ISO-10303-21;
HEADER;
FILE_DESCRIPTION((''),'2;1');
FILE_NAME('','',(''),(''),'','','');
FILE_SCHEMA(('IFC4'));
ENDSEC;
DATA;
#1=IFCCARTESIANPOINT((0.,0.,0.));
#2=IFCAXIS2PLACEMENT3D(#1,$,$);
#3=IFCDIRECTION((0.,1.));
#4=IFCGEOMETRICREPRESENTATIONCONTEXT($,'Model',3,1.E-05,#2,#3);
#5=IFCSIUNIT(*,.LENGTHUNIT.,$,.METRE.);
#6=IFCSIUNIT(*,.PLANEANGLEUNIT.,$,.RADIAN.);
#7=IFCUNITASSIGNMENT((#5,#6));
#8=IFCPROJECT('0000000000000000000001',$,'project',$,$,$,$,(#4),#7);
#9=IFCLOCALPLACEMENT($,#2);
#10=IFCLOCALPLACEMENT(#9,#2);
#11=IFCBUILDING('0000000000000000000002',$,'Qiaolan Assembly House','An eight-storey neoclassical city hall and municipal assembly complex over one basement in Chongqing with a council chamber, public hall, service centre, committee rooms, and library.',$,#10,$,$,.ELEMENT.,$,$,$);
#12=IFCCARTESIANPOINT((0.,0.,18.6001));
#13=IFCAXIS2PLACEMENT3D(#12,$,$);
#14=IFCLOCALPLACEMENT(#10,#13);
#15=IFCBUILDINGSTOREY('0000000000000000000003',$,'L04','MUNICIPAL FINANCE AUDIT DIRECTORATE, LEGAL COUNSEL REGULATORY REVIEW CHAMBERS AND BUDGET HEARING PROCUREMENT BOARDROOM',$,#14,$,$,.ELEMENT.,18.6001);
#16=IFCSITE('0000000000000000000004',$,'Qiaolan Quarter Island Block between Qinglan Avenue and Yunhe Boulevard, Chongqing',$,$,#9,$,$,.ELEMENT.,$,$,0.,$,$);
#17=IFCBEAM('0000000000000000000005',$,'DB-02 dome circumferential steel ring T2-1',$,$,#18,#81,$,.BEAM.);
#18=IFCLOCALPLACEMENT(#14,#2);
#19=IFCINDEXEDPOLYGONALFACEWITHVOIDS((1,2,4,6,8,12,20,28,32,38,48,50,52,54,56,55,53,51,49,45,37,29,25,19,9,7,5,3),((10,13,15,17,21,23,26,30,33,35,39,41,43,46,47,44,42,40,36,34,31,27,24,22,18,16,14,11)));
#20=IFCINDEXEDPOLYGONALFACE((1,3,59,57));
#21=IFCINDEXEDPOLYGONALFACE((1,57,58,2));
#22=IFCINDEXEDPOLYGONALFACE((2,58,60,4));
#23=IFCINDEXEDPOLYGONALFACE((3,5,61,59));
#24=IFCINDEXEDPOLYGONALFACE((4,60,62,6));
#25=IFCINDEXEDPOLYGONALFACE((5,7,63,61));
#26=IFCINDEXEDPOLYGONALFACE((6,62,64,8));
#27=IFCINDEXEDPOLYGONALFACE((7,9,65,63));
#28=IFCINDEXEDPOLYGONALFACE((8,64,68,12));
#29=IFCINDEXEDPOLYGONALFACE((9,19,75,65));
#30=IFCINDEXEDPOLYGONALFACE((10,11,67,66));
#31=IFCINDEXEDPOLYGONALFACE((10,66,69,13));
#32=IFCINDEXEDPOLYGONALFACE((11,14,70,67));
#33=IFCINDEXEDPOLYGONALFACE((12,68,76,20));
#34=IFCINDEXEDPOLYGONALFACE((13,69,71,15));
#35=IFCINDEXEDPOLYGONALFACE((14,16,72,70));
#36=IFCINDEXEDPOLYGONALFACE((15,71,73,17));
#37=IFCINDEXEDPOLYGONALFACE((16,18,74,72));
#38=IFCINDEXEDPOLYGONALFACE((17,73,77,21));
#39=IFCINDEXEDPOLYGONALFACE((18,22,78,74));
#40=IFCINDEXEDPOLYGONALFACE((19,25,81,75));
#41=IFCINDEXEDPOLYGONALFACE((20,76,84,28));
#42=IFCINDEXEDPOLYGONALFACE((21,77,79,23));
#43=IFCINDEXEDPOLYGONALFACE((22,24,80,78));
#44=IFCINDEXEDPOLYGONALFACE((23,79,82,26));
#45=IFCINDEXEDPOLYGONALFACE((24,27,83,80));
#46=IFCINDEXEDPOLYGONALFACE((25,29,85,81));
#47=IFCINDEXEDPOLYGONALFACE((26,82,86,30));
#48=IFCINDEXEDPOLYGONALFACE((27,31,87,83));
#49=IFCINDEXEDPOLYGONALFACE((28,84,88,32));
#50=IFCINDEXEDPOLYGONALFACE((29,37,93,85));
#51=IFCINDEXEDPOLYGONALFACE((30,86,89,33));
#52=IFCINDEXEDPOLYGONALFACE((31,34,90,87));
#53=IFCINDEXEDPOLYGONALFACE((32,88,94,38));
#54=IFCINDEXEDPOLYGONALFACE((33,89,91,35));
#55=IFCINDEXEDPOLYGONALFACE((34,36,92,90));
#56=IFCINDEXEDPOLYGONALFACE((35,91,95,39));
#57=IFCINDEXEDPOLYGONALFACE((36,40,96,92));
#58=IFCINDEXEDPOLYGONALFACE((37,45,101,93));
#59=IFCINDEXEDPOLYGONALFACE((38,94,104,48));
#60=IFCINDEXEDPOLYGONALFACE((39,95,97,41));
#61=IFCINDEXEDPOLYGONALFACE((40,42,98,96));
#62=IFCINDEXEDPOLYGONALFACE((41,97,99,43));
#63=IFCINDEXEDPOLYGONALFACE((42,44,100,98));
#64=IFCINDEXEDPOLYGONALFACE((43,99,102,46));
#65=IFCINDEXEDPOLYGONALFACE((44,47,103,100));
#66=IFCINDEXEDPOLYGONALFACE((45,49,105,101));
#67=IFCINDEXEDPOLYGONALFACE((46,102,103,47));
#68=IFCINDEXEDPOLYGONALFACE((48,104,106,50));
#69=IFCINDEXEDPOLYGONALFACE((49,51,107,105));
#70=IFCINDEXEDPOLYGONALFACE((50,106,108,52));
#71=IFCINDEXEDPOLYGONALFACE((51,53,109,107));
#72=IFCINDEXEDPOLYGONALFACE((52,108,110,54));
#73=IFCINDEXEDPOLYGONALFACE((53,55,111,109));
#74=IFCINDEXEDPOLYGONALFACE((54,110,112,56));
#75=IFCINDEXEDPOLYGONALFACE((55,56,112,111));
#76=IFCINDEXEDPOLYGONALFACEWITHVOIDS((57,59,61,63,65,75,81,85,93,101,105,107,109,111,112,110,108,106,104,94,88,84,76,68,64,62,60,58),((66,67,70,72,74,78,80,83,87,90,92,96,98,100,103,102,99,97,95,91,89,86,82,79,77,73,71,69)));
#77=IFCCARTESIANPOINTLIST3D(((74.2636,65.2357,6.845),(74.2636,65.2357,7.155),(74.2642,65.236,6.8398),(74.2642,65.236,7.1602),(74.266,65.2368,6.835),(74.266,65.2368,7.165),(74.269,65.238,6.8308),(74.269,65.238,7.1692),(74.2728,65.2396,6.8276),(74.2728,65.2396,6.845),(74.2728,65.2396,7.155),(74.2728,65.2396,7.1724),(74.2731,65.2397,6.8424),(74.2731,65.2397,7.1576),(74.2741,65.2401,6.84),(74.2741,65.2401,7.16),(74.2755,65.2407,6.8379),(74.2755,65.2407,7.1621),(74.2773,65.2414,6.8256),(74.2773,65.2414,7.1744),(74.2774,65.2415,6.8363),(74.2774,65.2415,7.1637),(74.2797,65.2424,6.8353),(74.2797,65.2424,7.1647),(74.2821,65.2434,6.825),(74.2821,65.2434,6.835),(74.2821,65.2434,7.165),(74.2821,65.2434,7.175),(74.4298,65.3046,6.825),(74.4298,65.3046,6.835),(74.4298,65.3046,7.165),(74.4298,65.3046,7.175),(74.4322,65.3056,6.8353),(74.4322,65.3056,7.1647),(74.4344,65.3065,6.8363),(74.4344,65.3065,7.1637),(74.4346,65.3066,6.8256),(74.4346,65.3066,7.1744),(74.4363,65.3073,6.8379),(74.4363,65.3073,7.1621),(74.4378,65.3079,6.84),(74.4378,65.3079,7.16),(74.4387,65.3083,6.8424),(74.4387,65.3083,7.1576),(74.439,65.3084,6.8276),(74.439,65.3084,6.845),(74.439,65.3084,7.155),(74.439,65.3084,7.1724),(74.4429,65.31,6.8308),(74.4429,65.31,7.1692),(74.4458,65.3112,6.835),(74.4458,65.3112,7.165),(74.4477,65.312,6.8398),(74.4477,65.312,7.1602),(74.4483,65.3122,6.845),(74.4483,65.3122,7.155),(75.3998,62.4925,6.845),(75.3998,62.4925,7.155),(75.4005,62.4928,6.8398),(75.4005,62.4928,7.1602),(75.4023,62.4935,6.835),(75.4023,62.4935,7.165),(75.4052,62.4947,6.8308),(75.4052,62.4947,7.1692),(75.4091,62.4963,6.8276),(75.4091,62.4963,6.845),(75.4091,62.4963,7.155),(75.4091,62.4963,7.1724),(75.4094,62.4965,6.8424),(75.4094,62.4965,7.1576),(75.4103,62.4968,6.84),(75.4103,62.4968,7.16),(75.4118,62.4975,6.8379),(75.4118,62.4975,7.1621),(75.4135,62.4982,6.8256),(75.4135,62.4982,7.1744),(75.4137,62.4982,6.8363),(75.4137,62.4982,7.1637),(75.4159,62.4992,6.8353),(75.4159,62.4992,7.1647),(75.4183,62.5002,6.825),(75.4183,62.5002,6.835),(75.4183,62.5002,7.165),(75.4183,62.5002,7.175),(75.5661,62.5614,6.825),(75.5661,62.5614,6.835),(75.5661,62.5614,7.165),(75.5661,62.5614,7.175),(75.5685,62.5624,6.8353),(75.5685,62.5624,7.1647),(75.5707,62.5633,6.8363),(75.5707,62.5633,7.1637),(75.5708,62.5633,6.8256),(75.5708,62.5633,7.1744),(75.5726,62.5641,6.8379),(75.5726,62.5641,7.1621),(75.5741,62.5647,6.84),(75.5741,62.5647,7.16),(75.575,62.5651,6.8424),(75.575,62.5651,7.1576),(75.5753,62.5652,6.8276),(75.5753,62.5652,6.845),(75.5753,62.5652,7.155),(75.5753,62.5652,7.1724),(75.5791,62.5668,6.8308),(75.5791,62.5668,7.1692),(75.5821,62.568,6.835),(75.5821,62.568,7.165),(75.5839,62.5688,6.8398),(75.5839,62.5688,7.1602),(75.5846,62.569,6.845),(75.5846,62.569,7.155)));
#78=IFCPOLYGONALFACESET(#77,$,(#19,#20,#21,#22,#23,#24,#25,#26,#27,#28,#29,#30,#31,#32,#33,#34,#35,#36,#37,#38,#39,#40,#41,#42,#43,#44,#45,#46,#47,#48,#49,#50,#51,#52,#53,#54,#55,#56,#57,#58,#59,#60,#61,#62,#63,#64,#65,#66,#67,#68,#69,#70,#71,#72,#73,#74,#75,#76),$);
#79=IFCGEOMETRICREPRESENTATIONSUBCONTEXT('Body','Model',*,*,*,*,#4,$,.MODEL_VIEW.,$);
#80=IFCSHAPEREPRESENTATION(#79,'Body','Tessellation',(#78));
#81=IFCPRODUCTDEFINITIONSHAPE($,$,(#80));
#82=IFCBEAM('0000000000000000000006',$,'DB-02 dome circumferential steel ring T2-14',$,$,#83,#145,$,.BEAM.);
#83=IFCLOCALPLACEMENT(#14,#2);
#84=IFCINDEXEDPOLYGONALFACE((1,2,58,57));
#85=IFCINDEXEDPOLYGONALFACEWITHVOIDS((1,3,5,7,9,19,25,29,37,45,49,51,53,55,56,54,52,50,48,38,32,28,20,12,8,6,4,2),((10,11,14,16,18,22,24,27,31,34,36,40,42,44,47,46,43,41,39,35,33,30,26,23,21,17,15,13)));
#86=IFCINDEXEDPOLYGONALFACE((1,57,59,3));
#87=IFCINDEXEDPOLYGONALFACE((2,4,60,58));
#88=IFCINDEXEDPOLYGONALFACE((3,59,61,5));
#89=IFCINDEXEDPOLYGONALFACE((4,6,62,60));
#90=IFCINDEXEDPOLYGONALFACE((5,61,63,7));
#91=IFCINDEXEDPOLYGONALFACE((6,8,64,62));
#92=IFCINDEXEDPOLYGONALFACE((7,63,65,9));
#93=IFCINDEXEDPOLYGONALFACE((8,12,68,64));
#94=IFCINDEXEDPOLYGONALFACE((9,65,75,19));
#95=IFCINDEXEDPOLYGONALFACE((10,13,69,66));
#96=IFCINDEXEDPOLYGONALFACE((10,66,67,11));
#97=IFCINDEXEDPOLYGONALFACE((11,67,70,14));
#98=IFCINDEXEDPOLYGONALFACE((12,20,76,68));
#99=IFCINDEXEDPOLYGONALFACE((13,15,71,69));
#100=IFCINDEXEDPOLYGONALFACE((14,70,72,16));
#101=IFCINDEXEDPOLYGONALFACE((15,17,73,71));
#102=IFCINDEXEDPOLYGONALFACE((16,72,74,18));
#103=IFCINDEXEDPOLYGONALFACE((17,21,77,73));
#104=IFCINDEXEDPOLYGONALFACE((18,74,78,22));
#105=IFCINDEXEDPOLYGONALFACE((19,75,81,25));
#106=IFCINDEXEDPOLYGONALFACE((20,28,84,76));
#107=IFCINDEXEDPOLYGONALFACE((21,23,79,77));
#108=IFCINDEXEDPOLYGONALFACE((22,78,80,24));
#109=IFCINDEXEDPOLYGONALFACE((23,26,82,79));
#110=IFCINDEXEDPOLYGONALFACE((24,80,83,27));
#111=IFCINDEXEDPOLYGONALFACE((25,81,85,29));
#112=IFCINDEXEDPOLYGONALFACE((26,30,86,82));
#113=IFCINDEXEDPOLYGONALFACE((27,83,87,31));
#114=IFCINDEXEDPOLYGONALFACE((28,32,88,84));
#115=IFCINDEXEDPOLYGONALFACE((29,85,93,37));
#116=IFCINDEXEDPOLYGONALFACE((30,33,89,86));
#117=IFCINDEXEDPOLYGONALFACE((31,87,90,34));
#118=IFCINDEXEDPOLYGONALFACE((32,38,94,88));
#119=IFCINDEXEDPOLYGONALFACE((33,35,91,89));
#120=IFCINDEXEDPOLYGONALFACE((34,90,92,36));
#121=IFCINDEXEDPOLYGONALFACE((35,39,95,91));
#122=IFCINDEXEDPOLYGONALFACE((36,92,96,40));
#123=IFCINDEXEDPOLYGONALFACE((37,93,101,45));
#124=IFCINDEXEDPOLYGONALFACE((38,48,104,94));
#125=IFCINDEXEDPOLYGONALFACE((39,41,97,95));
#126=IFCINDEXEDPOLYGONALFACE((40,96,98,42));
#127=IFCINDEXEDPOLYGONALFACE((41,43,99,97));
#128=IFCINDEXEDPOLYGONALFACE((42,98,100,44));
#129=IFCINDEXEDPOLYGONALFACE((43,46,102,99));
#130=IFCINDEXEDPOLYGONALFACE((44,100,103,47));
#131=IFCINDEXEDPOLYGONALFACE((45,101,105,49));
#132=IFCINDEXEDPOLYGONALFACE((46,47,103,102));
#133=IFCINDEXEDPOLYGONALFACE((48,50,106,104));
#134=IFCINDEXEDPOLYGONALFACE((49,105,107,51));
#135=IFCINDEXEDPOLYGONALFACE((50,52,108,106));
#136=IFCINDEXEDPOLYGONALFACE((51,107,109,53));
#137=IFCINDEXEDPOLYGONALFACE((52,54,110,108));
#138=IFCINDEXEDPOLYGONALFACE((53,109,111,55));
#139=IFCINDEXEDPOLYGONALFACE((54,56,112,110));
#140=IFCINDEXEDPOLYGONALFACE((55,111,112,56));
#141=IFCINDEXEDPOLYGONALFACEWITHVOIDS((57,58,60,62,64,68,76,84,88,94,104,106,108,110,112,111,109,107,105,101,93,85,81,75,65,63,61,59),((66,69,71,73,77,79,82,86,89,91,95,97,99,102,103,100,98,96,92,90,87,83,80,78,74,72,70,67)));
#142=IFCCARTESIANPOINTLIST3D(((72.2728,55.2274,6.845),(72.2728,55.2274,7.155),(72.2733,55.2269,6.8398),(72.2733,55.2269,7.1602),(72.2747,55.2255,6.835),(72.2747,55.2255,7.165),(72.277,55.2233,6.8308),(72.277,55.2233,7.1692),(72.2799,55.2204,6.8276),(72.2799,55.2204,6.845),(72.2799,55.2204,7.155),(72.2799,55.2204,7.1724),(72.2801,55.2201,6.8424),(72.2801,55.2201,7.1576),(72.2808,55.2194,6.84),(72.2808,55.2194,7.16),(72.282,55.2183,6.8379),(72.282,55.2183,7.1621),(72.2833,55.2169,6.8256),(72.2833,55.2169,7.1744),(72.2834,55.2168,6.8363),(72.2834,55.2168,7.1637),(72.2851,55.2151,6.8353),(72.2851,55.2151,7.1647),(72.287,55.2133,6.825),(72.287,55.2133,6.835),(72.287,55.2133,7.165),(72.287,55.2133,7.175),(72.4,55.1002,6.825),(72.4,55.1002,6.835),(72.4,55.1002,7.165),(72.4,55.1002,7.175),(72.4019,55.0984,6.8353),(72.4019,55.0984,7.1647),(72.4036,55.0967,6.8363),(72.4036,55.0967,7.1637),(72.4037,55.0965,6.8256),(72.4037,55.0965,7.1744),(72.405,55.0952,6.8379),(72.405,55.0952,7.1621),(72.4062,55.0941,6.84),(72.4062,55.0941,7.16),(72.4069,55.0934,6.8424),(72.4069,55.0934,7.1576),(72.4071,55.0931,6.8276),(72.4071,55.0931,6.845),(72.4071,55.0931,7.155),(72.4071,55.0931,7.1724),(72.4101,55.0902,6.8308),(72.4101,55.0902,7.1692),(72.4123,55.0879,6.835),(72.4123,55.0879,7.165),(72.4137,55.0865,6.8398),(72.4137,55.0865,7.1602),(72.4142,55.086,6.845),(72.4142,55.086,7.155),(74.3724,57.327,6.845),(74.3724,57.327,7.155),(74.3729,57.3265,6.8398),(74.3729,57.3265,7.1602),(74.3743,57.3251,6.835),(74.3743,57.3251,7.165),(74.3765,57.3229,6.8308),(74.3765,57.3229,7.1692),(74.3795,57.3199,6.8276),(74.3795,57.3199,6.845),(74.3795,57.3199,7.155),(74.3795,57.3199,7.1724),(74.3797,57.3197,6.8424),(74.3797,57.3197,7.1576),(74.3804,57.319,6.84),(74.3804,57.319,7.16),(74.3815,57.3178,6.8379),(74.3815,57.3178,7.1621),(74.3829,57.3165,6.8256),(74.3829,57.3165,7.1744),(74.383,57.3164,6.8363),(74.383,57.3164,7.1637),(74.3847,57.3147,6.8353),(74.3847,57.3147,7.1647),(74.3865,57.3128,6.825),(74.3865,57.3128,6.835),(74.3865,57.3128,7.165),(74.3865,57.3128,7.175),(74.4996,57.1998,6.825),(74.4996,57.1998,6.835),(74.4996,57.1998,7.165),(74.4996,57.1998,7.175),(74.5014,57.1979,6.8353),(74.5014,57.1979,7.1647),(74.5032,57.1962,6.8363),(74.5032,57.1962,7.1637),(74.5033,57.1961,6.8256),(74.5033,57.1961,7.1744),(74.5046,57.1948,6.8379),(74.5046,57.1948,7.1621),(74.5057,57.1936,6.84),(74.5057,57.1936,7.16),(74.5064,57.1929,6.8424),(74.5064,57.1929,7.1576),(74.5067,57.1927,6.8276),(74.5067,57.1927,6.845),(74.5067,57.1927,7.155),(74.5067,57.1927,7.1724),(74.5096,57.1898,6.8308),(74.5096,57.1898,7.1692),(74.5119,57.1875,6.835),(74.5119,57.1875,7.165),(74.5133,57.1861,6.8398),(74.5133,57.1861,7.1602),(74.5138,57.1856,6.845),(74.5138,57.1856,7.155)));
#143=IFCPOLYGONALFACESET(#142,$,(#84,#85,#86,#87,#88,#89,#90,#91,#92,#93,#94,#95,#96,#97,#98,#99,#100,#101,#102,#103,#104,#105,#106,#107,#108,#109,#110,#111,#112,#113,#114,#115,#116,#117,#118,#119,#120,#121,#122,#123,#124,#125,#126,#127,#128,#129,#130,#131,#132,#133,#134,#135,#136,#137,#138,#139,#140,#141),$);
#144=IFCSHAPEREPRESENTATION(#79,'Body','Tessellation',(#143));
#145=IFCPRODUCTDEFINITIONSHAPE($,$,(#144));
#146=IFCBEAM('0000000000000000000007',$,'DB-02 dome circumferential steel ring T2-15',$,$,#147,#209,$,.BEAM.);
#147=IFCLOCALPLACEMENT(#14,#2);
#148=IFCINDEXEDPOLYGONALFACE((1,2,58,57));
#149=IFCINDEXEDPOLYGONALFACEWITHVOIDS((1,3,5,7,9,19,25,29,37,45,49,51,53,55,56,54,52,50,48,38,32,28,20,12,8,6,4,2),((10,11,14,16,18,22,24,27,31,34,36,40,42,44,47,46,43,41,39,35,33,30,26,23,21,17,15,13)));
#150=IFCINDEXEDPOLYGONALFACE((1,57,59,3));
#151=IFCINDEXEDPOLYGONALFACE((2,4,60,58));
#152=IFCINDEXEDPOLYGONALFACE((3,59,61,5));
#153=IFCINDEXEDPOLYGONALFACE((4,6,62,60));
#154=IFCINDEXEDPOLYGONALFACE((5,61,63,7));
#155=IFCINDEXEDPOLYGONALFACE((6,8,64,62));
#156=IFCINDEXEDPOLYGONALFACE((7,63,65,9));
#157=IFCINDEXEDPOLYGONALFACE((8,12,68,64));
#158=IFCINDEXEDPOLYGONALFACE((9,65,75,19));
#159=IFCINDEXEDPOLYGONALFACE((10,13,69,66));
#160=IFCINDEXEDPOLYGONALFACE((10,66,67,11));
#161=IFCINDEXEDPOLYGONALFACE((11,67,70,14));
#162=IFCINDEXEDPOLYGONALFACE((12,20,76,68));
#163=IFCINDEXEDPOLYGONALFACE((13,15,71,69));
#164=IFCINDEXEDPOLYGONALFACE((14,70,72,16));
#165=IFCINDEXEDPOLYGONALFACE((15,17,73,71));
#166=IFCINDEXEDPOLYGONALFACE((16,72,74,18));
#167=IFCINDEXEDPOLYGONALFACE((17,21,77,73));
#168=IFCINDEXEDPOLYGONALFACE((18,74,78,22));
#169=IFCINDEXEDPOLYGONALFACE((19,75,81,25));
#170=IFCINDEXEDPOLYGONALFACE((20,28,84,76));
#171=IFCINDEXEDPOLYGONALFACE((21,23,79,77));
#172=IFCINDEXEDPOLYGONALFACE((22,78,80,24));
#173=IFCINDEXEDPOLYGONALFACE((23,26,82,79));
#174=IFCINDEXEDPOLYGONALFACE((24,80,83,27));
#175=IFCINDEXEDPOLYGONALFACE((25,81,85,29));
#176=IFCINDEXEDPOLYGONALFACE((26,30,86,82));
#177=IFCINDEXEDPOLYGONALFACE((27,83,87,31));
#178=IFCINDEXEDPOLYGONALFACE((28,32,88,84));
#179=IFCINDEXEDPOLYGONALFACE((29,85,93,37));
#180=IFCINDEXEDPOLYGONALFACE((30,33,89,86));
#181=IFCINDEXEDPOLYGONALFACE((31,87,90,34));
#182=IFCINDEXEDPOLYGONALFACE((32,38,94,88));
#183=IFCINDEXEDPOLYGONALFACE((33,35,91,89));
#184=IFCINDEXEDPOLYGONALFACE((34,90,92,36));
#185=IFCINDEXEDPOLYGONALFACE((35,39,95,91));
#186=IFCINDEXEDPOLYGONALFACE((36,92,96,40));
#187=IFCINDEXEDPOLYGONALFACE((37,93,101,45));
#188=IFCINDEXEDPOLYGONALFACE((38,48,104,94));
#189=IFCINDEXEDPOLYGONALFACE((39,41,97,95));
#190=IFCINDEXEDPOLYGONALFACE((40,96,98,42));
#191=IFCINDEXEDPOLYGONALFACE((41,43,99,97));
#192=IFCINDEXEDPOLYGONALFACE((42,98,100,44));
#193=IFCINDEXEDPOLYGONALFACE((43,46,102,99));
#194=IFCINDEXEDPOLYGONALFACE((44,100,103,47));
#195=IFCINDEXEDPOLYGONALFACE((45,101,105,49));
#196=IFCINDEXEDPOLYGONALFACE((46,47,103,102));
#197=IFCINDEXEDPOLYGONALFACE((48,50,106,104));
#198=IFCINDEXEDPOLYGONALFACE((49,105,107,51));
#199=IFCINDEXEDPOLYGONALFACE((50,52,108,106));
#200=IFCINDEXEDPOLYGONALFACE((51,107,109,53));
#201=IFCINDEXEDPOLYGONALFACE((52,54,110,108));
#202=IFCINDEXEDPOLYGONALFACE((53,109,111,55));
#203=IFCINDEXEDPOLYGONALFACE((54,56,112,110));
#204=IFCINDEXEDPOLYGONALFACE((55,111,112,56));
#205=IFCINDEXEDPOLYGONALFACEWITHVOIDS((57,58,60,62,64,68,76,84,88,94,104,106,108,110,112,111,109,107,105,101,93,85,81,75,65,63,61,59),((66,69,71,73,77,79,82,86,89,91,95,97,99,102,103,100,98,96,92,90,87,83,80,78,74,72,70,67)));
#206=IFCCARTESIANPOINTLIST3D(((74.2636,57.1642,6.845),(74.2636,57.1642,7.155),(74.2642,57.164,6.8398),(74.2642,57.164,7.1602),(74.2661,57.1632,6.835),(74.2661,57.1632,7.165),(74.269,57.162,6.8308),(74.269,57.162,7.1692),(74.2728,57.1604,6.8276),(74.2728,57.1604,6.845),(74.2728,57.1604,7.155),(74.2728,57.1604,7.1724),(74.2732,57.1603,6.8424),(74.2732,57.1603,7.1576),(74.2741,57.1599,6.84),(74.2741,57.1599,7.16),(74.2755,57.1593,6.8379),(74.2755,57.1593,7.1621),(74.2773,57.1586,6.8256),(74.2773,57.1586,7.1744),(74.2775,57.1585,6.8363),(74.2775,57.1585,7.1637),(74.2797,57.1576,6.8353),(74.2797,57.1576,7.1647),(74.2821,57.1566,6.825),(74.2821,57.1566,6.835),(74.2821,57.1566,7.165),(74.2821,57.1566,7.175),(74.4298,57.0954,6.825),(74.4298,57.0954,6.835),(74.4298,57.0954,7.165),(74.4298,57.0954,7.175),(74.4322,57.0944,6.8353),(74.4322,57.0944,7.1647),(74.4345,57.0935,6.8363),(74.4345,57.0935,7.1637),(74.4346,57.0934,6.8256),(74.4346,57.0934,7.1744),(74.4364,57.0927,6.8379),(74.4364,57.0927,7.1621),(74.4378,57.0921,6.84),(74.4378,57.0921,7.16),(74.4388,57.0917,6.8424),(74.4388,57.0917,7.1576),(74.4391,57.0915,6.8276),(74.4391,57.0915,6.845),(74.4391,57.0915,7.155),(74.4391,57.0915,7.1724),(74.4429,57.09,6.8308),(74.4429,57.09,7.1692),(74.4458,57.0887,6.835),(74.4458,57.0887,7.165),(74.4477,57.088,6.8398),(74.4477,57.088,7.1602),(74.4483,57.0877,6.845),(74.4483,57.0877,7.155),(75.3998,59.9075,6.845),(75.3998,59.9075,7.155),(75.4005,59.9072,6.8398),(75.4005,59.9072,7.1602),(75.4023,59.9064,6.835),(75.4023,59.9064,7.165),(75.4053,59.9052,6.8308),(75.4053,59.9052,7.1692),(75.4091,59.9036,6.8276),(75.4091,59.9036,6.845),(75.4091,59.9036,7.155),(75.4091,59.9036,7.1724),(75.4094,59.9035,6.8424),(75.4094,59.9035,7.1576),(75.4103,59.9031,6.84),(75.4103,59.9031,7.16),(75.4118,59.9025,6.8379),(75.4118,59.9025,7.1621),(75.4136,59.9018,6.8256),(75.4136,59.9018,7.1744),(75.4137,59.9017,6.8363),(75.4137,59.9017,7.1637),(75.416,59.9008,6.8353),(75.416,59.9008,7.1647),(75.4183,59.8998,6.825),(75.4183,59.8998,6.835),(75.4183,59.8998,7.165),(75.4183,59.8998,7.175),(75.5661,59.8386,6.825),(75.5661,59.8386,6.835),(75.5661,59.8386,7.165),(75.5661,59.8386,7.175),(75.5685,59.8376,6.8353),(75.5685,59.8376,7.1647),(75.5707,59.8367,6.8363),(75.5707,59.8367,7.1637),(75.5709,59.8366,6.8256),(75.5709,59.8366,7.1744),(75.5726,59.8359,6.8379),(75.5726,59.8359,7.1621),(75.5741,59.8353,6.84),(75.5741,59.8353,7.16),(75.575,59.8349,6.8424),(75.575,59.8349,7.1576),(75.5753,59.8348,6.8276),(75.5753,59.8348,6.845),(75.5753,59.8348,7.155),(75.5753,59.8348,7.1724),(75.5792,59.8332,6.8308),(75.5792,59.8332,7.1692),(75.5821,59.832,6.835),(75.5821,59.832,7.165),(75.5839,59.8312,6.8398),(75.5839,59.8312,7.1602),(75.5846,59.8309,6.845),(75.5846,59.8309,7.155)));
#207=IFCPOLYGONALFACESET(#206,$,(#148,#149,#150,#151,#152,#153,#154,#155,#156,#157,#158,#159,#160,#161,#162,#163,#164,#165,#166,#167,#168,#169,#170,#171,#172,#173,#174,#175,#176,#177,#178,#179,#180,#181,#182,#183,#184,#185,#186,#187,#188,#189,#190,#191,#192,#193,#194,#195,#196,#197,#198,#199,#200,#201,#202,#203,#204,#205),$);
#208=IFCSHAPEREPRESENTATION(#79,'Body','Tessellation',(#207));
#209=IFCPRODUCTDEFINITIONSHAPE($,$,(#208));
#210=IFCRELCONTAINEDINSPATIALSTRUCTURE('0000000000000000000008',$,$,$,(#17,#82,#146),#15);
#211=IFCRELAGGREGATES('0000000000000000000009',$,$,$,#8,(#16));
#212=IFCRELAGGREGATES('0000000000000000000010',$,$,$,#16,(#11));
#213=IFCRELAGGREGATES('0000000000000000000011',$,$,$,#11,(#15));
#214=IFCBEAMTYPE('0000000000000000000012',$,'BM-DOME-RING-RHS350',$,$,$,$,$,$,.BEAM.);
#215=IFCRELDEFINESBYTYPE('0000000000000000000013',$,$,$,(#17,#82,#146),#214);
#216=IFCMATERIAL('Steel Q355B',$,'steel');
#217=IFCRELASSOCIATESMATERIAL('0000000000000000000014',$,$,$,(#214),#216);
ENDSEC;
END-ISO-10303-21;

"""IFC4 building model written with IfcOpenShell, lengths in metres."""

from ifc_helpers import new_model, si_unit, direction, frame, origin, origin_2d, place, context, subcontext, project, spatial, hollow_rectangle, extrude, material, material_profile, profile_set, type_object, element, save


model = new_model("IFC4")

# Units and contexts
model_context = context("Model", 3, precision=1e-05, world=origin(), true_north=direction((0.0, 1.0)))
body_context = subcontext(model_context, "Body", "Model", "MODEL_VIEW")
ifc_project = project(units=[si_unit("LENGTHUNIT", "METRE"), si_unit("PLANEANGLEUNIT", "RADIAN")], contexts=[model_context])

# Site, building, storey
site_placement = place(None, origin())
site = spatial("IfcSite", under=ifc_project, at=site_placement, Name="Qiaolan Quarter Island Block between Qinglan Avenue and Yunhe Boulevard, Chongqing", CompositionType="ELEMENT", RefElevation=0.0)
building_placement = place(site_placement, origin())
building = spatial("IfcBuilding", under=site, at=building_placement, Name="Qiaolan Assembly House", Description="An eight-storey neoclassical city hall and municipal assembly complex over one basement in Chongqing with a council chamber, public hall, service centre, committee rooms, and library.", CompositionType="ELEMENT")
storey_placement = place(building_placement, frame((0.0, 0.0, 18.6001)))
storey = spatial("IfcBuildingStorey", under=building, at=storey_placement, Name="L04", Description="MUNICIPAL FINANCE AUDIT DIRECTORATE, LEGAL COUNSEL REGULATORY REVIEW CHAMBERS AND BUDGET HEARING PROCUREMENT BOARDROOM", CompositionType="ELEMENT", Elevation=18.6001)

# Beams
ifc_material_1 = material(Name="Steel Q355B", Category="steel")
ifc_material_profile_1 = material_profile(ifc_material_1, hollow_rectangle(XDim=0.2, YDim=0.3501, WallThickness=0.01, InnerFilletRadius=0.01, OuterFilletRadius=0.02, at=origin_2d()), Name="RHS 350x200x10")
ifc_profile_set_1 = profile_set([ifc_material_profile_1], Name="Steel Q355B")
beam_type = type_object("IfcBeamType", Name="BM-DOME-RING-RHS350", PredefinedType="BEAM", material=ifc_profile_set_1)
for number, where, z_axis, x_axis, name in (
    (1, (75.4922, 62.5308, 7.0), (-0.382676, 0.923883, 0.0), (-0.923883, -0.382676, 0.0), "DB-02 dome circumferential steel ring T2-1"),
    (2, (72.3435, 55.1567, 7.0), (0.707107, 0.707107, 0.0), (-0.707107, 0.707107, 0.0), "DB-02 dome circumferential steel ring T2-14"),
    (3, (74.356, 57.126, 7.0), (0.382676, 0.923883, 0.0), (-0.923883, 0.382676, 0.0), "DB-02 dome circumferential steel ring T2-15"),
):
    element("IfcBeam", number, at=place(storey_placement, frame(where, z_axis=z_axis, x_axis=x_axis)), inside=storey, type_object=beam_type, Name=name, PredefinedType="BEAM", context=body_context, shape_type="SweptSolid", body=[
        extrude(hollow_rectangle(XDim=0.2, YDim=0.3501, WallThickness=0.01, InnerFilletRadius=0.01, OuterFilletRadius=0.02, at=origin_2d()), origin(), (0.0, 0.0, 1.0), 2.9692),
    ])

save(model, "model.ifc")
